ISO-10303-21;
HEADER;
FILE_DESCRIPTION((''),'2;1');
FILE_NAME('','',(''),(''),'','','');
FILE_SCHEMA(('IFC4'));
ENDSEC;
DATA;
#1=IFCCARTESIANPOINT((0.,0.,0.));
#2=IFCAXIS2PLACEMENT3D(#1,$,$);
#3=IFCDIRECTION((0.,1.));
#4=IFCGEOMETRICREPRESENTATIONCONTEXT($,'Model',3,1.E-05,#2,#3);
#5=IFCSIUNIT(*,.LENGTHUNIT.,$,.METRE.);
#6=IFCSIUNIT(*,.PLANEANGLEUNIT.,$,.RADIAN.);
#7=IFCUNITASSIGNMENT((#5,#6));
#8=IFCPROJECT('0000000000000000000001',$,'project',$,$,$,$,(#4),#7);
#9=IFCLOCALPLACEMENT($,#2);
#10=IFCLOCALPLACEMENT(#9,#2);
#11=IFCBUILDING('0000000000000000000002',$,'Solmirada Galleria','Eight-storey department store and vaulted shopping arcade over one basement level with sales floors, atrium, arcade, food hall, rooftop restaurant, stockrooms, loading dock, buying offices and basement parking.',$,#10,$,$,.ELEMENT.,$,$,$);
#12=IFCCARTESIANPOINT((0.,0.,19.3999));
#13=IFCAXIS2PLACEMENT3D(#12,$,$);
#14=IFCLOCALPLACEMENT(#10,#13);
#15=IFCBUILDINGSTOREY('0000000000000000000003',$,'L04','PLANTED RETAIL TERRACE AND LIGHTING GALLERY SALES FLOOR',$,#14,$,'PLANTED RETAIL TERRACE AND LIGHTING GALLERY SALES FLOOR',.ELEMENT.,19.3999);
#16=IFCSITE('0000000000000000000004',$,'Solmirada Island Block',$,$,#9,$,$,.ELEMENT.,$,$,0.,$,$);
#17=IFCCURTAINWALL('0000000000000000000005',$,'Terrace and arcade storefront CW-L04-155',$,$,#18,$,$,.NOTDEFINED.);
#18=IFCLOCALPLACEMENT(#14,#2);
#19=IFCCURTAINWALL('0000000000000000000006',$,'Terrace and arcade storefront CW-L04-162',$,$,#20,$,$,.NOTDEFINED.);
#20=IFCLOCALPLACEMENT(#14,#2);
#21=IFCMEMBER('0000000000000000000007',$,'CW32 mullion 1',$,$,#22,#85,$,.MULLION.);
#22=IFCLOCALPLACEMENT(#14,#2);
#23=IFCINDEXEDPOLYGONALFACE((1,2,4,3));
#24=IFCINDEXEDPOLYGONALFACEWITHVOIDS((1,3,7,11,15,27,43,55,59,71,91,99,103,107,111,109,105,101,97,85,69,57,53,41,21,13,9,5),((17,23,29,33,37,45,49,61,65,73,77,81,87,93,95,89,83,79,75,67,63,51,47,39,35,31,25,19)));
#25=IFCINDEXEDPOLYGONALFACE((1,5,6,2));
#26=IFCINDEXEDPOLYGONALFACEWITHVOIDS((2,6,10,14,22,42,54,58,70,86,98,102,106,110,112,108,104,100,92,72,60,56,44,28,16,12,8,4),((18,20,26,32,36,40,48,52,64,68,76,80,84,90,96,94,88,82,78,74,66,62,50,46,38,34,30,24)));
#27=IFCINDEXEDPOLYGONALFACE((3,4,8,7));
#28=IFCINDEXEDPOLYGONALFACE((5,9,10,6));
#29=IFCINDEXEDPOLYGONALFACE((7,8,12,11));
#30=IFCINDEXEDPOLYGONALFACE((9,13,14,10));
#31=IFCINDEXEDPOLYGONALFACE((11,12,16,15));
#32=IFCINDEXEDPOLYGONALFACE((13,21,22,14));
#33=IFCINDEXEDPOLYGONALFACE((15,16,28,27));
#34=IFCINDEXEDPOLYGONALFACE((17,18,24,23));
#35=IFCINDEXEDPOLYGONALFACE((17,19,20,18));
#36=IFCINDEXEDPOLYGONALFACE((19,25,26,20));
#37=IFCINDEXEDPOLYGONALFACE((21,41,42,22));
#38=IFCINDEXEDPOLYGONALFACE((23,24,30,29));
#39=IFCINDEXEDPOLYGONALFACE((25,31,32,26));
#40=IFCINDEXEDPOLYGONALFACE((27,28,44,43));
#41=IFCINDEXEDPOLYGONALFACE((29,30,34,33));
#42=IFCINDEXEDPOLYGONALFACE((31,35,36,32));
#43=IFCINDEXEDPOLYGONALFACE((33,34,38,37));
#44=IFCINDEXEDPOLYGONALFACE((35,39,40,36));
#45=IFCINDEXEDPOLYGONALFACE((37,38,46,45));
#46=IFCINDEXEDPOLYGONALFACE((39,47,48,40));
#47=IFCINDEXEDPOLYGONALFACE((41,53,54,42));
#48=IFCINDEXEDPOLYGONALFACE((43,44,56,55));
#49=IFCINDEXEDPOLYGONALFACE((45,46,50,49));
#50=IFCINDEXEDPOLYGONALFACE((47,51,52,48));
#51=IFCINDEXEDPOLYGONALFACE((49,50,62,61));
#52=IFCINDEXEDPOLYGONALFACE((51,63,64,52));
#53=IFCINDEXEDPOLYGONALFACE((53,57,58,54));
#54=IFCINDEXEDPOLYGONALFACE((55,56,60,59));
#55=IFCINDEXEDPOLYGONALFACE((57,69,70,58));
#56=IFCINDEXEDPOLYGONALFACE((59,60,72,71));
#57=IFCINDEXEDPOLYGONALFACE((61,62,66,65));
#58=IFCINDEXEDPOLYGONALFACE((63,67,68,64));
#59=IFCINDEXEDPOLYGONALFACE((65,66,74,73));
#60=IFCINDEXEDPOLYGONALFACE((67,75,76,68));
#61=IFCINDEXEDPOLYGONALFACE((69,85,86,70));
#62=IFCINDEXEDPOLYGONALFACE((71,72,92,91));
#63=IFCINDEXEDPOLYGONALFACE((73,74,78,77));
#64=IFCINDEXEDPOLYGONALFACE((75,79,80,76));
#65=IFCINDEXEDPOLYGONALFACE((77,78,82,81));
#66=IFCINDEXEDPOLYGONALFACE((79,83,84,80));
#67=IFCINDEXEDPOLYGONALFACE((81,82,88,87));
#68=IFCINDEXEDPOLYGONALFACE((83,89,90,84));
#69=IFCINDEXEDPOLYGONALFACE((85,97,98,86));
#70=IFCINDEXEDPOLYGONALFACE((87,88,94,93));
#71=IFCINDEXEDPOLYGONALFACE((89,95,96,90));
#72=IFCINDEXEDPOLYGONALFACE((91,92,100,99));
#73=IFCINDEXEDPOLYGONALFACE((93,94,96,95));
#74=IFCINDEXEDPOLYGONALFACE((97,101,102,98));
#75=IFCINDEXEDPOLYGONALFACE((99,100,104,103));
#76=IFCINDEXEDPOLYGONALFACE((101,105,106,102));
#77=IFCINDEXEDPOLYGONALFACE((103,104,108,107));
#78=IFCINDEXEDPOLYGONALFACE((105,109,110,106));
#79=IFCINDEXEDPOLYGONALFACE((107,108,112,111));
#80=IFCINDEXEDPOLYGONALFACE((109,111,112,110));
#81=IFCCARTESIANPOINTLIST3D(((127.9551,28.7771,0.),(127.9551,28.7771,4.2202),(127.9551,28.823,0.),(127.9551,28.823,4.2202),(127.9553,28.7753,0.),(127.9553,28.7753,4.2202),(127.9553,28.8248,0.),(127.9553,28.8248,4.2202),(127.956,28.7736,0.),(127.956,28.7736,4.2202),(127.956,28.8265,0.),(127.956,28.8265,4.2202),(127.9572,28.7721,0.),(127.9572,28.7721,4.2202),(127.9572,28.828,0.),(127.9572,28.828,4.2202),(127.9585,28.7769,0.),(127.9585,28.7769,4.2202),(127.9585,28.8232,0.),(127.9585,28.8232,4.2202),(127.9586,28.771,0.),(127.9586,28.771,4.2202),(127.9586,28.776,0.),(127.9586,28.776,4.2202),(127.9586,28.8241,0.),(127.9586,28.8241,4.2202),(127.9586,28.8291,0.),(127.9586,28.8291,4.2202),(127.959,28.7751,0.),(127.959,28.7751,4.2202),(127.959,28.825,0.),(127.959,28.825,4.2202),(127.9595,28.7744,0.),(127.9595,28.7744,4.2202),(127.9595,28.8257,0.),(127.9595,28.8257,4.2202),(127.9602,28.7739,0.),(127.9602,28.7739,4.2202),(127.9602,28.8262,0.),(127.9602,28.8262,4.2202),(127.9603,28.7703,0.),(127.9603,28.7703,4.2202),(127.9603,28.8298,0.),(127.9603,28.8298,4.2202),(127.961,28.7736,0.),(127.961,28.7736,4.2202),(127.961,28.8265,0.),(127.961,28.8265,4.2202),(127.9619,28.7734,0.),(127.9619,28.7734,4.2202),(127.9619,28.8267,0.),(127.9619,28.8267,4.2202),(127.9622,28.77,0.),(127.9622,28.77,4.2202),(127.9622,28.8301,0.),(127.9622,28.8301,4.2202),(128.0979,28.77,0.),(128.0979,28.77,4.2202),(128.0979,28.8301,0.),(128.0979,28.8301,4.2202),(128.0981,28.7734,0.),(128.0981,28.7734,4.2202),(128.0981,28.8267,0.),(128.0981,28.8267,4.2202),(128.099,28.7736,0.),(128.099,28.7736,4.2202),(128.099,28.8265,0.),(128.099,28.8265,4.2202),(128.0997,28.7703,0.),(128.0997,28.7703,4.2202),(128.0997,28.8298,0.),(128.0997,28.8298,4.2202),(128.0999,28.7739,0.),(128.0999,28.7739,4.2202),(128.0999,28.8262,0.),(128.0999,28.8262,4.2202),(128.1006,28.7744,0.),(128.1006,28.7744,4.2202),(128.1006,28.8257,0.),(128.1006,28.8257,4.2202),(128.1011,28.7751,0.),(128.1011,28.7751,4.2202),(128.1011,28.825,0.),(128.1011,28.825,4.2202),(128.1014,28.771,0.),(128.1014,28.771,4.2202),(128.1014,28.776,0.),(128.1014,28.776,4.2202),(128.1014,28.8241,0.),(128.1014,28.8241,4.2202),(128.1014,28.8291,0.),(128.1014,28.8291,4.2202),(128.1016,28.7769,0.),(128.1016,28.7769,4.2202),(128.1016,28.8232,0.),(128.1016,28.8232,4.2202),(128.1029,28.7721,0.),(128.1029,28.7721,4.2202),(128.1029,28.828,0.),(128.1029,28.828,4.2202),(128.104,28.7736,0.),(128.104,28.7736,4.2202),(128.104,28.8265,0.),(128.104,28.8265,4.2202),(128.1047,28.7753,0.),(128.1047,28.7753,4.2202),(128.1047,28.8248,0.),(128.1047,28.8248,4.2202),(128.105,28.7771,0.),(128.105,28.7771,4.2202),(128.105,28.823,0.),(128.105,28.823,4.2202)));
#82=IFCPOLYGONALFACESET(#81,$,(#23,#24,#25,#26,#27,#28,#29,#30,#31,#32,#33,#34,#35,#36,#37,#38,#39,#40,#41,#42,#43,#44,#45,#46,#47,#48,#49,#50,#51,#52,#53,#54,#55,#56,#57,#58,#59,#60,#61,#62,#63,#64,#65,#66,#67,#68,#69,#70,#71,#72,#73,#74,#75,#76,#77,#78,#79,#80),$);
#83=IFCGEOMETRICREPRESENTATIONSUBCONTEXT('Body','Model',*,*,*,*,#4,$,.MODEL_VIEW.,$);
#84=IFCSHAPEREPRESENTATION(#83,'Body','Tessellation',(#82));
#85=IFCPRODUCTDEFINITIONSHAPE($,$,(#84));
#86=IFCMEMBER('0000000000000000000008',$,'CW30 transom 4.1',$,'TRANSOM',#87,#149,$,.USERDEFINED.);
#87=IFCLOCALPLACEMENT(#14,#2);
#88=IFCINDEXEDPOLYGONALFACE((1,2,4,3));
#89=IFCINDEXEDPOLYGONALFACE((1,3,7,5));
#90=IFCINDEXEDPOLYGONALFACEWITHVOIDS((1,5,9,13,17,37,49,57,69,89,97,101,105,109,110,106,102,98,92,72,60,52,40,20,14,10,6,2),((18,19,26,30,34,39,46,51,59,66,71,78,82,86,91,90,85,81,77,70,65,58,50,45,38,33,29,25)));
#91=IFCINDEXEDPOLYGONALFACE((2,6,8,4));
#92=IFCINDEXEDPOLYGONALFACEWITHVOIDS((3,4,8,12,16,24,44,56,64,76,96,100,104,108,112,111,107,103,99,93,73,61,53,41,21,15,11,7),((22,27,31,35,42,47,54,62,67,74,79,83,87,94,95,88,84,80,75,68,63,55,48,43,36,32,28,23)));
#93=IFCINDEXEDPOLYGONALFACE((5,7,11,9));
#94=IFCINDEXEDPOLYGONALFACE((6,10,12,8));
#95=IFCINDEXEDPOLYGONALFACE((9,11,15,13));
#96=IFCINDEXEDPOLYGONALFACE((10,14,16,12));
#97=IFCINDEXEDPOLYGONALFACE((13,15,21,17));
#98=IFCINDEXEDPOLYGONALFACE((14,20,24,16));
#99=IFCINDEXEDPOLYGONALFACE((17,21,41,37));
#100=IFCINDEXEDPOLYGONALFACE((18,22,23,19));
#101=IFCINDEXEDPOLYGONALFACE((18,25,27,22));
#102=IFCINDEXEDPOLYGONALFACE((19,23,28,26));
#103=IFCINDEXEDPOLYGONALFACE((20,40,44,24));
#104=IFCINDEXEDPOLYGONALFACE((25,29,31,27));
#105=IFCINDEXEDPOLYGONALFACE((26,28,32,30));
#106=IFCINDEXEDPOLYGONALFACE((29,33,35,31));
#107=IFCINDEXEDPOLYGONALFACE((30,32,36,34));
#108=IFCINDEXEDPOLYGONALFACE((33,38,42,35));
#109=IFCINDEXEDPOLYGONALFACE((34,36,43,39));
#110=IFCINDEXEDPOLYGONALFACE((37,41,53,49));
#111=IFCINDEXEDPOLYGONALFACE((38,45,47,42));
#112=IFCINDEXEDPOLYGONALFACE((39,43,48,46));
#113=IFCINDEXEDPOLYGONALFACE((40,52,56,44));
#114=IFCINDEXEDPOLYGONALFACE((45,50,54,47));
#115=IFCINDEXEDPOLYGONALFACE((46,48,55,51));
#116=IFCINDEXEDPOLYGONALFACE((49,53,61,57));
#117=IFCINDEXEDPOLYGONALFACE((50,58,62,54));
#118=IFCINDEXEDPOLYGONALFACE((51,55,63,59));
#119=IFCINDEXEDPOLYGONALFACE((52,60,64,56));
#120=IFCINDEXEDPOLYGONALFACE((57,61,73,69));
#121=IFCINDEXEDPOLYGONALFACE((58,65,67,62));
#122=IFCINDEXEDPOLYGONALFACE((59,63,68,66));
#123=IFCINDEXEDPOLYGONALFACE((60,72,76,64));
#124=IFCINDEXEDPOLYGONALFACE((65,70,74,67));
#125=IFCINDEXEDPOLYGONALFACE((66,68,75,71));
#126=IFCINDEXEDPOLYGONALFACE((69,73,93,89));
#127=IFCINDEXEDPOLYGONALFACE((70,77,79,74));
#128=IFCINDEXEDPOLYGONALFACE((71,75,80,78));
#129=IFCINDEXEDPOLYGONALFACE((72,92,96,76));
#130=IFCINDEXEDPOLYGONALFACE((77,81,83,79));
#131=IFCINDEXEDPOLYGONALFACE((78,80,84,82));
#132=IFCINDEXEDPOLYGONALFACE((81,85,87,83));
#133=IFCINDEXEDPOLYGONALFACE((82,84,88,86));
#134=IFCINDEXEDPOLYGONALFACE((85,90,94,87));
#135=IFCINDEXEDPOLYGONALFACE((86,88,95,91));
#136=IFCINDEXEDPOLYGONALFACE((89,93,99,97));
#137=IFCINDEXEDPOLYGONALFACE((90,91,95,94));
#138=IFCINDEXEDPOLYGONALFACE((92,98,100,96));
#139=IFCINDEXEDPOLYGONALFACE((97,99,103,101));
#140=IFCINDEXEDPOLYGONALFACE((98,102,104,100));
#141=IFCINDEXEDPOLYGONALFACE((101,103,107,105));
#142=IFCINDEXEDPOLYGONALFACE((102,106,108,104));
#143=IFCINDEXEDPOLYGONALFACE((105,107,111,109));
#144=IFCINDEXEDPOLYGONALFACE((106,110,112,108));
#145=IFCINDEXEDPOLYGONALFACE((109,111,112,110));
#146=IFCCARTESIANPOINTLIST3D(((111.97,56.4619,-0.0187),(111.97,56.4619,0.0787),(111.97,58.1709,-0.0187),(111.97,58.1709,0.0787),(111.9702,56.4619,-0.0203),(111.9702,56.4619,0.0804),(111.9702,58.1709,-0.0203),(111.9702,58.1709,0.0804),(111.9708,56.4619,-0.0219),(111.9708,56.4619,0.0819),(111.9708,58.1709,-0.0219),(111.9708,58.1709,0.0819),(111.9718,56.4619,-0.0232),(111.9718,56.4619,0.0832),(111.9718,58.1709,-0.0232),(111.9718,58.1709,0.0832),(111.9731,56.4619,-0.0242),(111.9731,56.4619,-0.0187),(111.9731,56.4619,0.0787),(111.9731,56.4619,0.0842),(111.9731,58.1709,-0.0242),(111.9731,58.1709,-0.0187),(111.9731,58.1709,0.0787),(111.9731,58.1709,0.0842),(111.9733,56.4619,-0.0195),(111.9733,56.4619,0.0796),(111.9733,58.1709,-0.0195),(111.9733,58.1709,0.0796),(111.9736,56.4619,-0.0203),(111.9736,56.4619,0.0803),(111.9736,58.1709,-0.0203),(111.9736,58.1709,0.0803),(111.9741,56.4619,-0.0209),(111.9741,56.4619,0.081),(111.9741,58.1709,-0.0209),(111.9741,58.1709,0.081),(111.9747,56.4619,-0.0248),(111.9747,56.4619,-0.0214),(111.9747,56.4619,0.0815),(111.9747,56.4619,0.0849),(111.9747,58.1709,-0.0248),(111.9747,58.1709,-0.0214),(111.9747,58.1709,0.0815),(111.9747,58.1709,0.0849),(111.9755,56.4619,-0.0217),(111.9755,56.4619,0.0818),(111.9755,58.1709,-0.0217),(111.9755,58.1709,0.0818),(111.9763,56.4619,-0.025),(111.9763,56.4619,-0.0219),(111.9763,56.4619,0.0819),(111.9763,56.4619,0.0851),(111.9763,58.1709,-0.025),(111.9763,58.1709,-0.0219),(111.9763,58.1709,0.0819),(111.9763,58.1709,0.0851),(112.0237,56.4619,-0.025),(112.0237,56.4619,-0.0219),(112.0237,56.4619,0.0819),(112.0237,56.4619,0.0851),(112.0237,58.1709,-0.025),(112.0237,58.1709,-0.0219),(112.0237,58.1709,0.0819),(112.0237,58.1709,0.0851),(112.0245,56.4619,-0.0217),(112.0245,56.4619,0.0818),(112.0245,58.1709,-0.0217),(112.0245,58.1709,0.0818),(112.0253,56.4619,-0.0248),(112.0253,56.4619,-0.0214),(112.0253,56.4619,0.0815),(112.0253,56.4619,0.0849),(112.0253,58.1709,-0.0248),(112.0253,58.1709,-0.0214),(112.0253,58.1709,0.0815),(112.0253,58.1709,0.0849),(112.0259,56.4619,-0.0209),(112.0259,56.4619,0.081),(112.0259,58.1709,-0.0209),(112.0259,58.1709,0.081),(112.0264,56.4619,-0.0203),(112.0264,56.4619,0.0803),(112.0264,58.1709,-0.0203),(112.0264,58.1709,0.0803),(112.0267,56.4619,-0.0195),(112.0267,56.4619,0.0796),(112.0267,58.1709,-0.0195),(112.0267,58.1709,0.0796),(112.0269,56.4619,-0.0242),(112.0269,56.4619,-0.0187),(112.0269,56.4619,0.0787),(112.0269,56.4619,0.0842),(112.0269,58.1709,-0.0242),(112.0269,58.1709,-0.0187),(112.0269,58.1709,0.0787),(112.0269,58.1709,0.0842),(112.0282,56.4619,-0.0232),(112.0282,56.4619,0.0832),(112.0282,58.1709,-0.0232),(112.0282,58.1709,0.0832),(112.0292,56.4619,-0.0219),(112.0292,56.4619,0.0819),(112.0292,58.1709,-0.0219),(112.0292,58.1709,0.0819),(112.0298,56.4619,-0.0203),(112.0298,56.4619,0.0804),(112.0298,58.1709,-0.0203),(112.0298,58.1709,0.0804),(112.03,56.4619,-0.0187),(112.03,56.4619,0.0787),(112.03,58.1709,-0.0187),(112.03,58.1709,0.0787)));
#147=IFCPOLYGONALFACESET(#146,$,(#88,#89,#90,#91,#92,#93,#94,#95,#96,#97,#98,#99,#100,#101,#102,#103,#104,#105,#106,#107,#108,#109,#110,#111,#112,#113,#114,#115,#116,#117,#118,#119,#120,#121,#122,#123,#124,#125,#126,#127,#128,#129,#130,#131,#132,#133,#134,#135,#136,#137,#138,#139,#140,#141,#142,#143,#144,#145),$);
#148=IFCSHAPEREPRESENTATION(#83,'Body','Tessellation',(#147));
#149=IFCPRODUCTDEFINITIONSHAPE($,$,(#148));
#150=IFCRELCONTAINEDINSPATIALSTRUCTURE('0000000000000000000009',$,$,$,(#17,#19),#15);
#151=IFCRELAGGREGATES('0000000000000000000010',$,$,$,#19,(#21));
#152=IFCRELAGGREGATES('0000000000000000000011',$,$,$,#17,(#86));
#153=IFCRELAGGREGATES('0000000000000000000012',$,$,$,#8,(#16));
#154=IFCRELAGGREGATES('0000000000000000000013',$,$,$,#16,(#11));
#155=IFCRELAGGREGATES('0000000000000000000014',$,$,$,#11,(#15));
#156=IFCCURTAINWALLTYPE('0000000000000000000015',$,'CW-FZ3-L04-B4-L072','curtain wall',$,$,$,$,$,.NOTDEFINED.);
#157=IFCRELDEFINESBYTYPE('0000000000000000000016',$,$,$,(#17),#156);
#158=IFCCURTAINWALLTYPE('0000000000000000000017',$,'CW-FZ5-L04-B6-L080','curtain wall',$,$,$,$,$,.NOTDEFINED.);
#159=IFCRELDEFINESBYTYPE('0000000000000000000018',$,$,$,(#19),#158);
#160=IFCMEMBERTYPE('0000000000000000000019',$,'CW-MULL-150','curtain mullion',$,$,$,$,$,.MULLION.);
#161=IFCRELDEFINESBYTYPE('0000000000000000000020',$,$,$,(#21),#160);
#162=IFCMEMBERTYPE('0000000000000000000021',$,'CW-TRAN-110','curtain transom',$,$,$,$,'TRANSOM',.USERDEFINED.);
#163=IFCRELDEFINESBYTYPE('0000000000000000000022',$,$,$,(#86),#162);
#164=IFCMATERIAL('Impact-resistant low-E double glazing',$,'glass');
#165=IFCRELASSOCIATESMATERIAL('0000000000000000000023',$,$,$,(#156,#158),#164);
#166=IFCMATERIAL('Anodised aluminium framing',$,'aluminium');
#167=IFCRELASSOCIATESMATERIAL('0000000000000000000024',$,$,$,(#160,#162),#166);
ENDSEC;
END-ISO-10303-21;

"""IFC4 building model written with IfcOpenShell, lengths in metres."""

from ifc_helpers import new_model, si_unit, direction, frame, origin, origin_2d, place, context, subcontext, project, spatial, hollow_rectangle, extrude, material, material_profile, profile_set, type_object, element, aggregate, save


model = new_model("IFC4")

# Units and contexts
model_context = context("Model", 3, precision=1e-05, world=origin(), true_north=direction((0.0, 1.0)))
body_context = subcontext(model_context, "Body", "Model", "MODEL_VIEW")
ifc_project = project(units=[si_unit("LENGTHUNIT", "METRE"), si_unit("PLANEANGLEUNIT", "RADIAN")], contexts=[model_context])

# Site, building, storey
site_placement = place(None, origin())
site = spatial("IfcSite", under=ifc_project, at=site_placement, Name="Solmirada Island Block", CompositionType="ELEMENT", RefElevation=0.0)
building_placement = place(site_placement, origin())
building = spatial("IfcBuilding", under=site, at=building_placement, Name="Solmirada Galleria", Description="Eight-storey department store and vaulted shopping arcade over one basement level with sales floors, atrium, arcade, food hall, rooftop restaurant, stockrooms, loading dock, buying offices and basement parking.", CompositionType="ELEMENT")
storey_placement = place(building_placement, frame((0.0, 0.0, 19.3999)))
storey = spatial("IfcBuildingStorey", under=building, at=storey_placement, Name="L04", Description="PLANTED RETAIL TERRACE AND LIGHTING GALLERY SALES FLOOR", LongName="PLANTED RETAIL TERRACE AND LIGHTING GALLERY SALES FLOOR", CompositionType="ELEMENT", Elevation=19.3999)

# Curtain wall
ifc_material_1 = material(Name="Impact-resistant low-E double glazing", Category="glass")
curtain_wall_type_1 = type_object("IfcCurtainWallType", Name="CW-FZ3-L04-B4-L072", Description="curtain wall", PredefinedType="NOTDEFINED", material=ifc_material_1)
curtain_wall_1_placement = place(storey_placement, origin())
curtain_wall_1 = element("IfcCurtainWall", 1, at=curtain_wall_1_placement, inside=storey, type_object=curtain_wall_type_1, Name="Terrace and arcade storefront CW-L04-155", PredefinedType="NOTDEFINED")
ifc_material_2 = material(Name="Anodised aluminium framing", Category="aluminium")
ifc_material_profile_1 = material_profile(ifc_material_2, hollow_rectangle(XDim=0.0601, YDim=0.1499, WallThickness=0.0034, InnerFilletRadius=0.0034, OuterFilletRadius=0.0071, at=origin_2d()), Name="ALU-MULL-150X60")
ifc_profile_set_1 = profile_set([ifc_material_profile_1], Name="Anodised aluminium framing")
member_type_1 = type_object("IfcMemberType", Name="CW-MULL-150", Description="curtain mullion", PredefinedType="MULLION", material=ifc_profile_set_1)

# Curtain wall, member
curtain_wall_type_2 = type_object("IfcCurtainWallType", Name="CW-FZ5-L04-B6-L080", Description="curtain wall", PredefinedType="NOTDEFINED", material=ifc_material_1)
curtain_wall_2_placement = place(storey_placement, origin())
curtain_wall_2 = element("IfcCurtainWall", 2, at=curtain_wall_2_placement, inside=storey, type_object=curtain_wall_type_2, Name="Terrace and arcade storefront CW-L04-162", PredefinedType="NOTDEFINED")
member_1_placement = place(storey_placement, frame((128.03, 28.8, 0.0), z_axis=(0.0, 0.0, 1.0), x_axis=(0.0, 1.0, 0.0)))
member_1 = element("IfcMember", 3, at=member_1_placement, type_object=member_type_1, Name="CW32 mullion 1", PredefinedType="MULLION", context=body_context, shape_type="SweptSolid", body=[
    extrude(hollow_rectangle(XDim=0.0601, YDim=0.1499, WallThickness=0.0034, InnerFilletRadius=0.0034, OuterFilletRadius=0.0071, at=origin_2d()), origin(), (0.0, 0.0, 1.0), 4.2202),
])

# Member
ifc_material_profile_2 = material_profile(ifc_material_2, hollow_rectangle(XDim=0.0601, YDim=0.1101, WallThickness=0.0032, InnerFilletRadius=0.0032, OuterFilletRadius=0.0063, at=origin_2d()), Name="ALU-TRAN-110X60")
ifc_profile_set_2 = profile_set([ifc_material_profile_2], Name="Anodised aluminium framing")
member_type_2 = type_object("IfcMemberType", Name="CW-TRAN-110", Description="curtain transom", ElementType="TRANSOM", PredefinedType="USERDEFINED", material=ifc_profile_set_2)
member_2_placement = place(storey_placement, frame((112.0, 58.1709, 0.03), z_axis=(0.0, -1.0, 0.0), x_axis=(1.0, 0.0, 0.0)))
member_2 = element("IfcMember", 4, at=member_2_placement, type_object=member_type_2, Name="CW30 transom 4.1", ObjectType="TRANSOM", PredefinedType="USERDEFINED", context=body_context, shape_type="SweptSolid", body=[
    extrude(hollow_rectangle(XDim=0.0601, YDim=0.1101, WallThickness=0.0032, InnerFilletRadius=0.0032, OuterFilletRadius=0.0063, at=origin_2d()), origin(), (0.0, 0.0, 1.0), 1.709),
])
aggregate(curtain_wall_2, [member_1])

aggregate(curtain_wall_1, [member_2])

save(model, "model.ifc")
